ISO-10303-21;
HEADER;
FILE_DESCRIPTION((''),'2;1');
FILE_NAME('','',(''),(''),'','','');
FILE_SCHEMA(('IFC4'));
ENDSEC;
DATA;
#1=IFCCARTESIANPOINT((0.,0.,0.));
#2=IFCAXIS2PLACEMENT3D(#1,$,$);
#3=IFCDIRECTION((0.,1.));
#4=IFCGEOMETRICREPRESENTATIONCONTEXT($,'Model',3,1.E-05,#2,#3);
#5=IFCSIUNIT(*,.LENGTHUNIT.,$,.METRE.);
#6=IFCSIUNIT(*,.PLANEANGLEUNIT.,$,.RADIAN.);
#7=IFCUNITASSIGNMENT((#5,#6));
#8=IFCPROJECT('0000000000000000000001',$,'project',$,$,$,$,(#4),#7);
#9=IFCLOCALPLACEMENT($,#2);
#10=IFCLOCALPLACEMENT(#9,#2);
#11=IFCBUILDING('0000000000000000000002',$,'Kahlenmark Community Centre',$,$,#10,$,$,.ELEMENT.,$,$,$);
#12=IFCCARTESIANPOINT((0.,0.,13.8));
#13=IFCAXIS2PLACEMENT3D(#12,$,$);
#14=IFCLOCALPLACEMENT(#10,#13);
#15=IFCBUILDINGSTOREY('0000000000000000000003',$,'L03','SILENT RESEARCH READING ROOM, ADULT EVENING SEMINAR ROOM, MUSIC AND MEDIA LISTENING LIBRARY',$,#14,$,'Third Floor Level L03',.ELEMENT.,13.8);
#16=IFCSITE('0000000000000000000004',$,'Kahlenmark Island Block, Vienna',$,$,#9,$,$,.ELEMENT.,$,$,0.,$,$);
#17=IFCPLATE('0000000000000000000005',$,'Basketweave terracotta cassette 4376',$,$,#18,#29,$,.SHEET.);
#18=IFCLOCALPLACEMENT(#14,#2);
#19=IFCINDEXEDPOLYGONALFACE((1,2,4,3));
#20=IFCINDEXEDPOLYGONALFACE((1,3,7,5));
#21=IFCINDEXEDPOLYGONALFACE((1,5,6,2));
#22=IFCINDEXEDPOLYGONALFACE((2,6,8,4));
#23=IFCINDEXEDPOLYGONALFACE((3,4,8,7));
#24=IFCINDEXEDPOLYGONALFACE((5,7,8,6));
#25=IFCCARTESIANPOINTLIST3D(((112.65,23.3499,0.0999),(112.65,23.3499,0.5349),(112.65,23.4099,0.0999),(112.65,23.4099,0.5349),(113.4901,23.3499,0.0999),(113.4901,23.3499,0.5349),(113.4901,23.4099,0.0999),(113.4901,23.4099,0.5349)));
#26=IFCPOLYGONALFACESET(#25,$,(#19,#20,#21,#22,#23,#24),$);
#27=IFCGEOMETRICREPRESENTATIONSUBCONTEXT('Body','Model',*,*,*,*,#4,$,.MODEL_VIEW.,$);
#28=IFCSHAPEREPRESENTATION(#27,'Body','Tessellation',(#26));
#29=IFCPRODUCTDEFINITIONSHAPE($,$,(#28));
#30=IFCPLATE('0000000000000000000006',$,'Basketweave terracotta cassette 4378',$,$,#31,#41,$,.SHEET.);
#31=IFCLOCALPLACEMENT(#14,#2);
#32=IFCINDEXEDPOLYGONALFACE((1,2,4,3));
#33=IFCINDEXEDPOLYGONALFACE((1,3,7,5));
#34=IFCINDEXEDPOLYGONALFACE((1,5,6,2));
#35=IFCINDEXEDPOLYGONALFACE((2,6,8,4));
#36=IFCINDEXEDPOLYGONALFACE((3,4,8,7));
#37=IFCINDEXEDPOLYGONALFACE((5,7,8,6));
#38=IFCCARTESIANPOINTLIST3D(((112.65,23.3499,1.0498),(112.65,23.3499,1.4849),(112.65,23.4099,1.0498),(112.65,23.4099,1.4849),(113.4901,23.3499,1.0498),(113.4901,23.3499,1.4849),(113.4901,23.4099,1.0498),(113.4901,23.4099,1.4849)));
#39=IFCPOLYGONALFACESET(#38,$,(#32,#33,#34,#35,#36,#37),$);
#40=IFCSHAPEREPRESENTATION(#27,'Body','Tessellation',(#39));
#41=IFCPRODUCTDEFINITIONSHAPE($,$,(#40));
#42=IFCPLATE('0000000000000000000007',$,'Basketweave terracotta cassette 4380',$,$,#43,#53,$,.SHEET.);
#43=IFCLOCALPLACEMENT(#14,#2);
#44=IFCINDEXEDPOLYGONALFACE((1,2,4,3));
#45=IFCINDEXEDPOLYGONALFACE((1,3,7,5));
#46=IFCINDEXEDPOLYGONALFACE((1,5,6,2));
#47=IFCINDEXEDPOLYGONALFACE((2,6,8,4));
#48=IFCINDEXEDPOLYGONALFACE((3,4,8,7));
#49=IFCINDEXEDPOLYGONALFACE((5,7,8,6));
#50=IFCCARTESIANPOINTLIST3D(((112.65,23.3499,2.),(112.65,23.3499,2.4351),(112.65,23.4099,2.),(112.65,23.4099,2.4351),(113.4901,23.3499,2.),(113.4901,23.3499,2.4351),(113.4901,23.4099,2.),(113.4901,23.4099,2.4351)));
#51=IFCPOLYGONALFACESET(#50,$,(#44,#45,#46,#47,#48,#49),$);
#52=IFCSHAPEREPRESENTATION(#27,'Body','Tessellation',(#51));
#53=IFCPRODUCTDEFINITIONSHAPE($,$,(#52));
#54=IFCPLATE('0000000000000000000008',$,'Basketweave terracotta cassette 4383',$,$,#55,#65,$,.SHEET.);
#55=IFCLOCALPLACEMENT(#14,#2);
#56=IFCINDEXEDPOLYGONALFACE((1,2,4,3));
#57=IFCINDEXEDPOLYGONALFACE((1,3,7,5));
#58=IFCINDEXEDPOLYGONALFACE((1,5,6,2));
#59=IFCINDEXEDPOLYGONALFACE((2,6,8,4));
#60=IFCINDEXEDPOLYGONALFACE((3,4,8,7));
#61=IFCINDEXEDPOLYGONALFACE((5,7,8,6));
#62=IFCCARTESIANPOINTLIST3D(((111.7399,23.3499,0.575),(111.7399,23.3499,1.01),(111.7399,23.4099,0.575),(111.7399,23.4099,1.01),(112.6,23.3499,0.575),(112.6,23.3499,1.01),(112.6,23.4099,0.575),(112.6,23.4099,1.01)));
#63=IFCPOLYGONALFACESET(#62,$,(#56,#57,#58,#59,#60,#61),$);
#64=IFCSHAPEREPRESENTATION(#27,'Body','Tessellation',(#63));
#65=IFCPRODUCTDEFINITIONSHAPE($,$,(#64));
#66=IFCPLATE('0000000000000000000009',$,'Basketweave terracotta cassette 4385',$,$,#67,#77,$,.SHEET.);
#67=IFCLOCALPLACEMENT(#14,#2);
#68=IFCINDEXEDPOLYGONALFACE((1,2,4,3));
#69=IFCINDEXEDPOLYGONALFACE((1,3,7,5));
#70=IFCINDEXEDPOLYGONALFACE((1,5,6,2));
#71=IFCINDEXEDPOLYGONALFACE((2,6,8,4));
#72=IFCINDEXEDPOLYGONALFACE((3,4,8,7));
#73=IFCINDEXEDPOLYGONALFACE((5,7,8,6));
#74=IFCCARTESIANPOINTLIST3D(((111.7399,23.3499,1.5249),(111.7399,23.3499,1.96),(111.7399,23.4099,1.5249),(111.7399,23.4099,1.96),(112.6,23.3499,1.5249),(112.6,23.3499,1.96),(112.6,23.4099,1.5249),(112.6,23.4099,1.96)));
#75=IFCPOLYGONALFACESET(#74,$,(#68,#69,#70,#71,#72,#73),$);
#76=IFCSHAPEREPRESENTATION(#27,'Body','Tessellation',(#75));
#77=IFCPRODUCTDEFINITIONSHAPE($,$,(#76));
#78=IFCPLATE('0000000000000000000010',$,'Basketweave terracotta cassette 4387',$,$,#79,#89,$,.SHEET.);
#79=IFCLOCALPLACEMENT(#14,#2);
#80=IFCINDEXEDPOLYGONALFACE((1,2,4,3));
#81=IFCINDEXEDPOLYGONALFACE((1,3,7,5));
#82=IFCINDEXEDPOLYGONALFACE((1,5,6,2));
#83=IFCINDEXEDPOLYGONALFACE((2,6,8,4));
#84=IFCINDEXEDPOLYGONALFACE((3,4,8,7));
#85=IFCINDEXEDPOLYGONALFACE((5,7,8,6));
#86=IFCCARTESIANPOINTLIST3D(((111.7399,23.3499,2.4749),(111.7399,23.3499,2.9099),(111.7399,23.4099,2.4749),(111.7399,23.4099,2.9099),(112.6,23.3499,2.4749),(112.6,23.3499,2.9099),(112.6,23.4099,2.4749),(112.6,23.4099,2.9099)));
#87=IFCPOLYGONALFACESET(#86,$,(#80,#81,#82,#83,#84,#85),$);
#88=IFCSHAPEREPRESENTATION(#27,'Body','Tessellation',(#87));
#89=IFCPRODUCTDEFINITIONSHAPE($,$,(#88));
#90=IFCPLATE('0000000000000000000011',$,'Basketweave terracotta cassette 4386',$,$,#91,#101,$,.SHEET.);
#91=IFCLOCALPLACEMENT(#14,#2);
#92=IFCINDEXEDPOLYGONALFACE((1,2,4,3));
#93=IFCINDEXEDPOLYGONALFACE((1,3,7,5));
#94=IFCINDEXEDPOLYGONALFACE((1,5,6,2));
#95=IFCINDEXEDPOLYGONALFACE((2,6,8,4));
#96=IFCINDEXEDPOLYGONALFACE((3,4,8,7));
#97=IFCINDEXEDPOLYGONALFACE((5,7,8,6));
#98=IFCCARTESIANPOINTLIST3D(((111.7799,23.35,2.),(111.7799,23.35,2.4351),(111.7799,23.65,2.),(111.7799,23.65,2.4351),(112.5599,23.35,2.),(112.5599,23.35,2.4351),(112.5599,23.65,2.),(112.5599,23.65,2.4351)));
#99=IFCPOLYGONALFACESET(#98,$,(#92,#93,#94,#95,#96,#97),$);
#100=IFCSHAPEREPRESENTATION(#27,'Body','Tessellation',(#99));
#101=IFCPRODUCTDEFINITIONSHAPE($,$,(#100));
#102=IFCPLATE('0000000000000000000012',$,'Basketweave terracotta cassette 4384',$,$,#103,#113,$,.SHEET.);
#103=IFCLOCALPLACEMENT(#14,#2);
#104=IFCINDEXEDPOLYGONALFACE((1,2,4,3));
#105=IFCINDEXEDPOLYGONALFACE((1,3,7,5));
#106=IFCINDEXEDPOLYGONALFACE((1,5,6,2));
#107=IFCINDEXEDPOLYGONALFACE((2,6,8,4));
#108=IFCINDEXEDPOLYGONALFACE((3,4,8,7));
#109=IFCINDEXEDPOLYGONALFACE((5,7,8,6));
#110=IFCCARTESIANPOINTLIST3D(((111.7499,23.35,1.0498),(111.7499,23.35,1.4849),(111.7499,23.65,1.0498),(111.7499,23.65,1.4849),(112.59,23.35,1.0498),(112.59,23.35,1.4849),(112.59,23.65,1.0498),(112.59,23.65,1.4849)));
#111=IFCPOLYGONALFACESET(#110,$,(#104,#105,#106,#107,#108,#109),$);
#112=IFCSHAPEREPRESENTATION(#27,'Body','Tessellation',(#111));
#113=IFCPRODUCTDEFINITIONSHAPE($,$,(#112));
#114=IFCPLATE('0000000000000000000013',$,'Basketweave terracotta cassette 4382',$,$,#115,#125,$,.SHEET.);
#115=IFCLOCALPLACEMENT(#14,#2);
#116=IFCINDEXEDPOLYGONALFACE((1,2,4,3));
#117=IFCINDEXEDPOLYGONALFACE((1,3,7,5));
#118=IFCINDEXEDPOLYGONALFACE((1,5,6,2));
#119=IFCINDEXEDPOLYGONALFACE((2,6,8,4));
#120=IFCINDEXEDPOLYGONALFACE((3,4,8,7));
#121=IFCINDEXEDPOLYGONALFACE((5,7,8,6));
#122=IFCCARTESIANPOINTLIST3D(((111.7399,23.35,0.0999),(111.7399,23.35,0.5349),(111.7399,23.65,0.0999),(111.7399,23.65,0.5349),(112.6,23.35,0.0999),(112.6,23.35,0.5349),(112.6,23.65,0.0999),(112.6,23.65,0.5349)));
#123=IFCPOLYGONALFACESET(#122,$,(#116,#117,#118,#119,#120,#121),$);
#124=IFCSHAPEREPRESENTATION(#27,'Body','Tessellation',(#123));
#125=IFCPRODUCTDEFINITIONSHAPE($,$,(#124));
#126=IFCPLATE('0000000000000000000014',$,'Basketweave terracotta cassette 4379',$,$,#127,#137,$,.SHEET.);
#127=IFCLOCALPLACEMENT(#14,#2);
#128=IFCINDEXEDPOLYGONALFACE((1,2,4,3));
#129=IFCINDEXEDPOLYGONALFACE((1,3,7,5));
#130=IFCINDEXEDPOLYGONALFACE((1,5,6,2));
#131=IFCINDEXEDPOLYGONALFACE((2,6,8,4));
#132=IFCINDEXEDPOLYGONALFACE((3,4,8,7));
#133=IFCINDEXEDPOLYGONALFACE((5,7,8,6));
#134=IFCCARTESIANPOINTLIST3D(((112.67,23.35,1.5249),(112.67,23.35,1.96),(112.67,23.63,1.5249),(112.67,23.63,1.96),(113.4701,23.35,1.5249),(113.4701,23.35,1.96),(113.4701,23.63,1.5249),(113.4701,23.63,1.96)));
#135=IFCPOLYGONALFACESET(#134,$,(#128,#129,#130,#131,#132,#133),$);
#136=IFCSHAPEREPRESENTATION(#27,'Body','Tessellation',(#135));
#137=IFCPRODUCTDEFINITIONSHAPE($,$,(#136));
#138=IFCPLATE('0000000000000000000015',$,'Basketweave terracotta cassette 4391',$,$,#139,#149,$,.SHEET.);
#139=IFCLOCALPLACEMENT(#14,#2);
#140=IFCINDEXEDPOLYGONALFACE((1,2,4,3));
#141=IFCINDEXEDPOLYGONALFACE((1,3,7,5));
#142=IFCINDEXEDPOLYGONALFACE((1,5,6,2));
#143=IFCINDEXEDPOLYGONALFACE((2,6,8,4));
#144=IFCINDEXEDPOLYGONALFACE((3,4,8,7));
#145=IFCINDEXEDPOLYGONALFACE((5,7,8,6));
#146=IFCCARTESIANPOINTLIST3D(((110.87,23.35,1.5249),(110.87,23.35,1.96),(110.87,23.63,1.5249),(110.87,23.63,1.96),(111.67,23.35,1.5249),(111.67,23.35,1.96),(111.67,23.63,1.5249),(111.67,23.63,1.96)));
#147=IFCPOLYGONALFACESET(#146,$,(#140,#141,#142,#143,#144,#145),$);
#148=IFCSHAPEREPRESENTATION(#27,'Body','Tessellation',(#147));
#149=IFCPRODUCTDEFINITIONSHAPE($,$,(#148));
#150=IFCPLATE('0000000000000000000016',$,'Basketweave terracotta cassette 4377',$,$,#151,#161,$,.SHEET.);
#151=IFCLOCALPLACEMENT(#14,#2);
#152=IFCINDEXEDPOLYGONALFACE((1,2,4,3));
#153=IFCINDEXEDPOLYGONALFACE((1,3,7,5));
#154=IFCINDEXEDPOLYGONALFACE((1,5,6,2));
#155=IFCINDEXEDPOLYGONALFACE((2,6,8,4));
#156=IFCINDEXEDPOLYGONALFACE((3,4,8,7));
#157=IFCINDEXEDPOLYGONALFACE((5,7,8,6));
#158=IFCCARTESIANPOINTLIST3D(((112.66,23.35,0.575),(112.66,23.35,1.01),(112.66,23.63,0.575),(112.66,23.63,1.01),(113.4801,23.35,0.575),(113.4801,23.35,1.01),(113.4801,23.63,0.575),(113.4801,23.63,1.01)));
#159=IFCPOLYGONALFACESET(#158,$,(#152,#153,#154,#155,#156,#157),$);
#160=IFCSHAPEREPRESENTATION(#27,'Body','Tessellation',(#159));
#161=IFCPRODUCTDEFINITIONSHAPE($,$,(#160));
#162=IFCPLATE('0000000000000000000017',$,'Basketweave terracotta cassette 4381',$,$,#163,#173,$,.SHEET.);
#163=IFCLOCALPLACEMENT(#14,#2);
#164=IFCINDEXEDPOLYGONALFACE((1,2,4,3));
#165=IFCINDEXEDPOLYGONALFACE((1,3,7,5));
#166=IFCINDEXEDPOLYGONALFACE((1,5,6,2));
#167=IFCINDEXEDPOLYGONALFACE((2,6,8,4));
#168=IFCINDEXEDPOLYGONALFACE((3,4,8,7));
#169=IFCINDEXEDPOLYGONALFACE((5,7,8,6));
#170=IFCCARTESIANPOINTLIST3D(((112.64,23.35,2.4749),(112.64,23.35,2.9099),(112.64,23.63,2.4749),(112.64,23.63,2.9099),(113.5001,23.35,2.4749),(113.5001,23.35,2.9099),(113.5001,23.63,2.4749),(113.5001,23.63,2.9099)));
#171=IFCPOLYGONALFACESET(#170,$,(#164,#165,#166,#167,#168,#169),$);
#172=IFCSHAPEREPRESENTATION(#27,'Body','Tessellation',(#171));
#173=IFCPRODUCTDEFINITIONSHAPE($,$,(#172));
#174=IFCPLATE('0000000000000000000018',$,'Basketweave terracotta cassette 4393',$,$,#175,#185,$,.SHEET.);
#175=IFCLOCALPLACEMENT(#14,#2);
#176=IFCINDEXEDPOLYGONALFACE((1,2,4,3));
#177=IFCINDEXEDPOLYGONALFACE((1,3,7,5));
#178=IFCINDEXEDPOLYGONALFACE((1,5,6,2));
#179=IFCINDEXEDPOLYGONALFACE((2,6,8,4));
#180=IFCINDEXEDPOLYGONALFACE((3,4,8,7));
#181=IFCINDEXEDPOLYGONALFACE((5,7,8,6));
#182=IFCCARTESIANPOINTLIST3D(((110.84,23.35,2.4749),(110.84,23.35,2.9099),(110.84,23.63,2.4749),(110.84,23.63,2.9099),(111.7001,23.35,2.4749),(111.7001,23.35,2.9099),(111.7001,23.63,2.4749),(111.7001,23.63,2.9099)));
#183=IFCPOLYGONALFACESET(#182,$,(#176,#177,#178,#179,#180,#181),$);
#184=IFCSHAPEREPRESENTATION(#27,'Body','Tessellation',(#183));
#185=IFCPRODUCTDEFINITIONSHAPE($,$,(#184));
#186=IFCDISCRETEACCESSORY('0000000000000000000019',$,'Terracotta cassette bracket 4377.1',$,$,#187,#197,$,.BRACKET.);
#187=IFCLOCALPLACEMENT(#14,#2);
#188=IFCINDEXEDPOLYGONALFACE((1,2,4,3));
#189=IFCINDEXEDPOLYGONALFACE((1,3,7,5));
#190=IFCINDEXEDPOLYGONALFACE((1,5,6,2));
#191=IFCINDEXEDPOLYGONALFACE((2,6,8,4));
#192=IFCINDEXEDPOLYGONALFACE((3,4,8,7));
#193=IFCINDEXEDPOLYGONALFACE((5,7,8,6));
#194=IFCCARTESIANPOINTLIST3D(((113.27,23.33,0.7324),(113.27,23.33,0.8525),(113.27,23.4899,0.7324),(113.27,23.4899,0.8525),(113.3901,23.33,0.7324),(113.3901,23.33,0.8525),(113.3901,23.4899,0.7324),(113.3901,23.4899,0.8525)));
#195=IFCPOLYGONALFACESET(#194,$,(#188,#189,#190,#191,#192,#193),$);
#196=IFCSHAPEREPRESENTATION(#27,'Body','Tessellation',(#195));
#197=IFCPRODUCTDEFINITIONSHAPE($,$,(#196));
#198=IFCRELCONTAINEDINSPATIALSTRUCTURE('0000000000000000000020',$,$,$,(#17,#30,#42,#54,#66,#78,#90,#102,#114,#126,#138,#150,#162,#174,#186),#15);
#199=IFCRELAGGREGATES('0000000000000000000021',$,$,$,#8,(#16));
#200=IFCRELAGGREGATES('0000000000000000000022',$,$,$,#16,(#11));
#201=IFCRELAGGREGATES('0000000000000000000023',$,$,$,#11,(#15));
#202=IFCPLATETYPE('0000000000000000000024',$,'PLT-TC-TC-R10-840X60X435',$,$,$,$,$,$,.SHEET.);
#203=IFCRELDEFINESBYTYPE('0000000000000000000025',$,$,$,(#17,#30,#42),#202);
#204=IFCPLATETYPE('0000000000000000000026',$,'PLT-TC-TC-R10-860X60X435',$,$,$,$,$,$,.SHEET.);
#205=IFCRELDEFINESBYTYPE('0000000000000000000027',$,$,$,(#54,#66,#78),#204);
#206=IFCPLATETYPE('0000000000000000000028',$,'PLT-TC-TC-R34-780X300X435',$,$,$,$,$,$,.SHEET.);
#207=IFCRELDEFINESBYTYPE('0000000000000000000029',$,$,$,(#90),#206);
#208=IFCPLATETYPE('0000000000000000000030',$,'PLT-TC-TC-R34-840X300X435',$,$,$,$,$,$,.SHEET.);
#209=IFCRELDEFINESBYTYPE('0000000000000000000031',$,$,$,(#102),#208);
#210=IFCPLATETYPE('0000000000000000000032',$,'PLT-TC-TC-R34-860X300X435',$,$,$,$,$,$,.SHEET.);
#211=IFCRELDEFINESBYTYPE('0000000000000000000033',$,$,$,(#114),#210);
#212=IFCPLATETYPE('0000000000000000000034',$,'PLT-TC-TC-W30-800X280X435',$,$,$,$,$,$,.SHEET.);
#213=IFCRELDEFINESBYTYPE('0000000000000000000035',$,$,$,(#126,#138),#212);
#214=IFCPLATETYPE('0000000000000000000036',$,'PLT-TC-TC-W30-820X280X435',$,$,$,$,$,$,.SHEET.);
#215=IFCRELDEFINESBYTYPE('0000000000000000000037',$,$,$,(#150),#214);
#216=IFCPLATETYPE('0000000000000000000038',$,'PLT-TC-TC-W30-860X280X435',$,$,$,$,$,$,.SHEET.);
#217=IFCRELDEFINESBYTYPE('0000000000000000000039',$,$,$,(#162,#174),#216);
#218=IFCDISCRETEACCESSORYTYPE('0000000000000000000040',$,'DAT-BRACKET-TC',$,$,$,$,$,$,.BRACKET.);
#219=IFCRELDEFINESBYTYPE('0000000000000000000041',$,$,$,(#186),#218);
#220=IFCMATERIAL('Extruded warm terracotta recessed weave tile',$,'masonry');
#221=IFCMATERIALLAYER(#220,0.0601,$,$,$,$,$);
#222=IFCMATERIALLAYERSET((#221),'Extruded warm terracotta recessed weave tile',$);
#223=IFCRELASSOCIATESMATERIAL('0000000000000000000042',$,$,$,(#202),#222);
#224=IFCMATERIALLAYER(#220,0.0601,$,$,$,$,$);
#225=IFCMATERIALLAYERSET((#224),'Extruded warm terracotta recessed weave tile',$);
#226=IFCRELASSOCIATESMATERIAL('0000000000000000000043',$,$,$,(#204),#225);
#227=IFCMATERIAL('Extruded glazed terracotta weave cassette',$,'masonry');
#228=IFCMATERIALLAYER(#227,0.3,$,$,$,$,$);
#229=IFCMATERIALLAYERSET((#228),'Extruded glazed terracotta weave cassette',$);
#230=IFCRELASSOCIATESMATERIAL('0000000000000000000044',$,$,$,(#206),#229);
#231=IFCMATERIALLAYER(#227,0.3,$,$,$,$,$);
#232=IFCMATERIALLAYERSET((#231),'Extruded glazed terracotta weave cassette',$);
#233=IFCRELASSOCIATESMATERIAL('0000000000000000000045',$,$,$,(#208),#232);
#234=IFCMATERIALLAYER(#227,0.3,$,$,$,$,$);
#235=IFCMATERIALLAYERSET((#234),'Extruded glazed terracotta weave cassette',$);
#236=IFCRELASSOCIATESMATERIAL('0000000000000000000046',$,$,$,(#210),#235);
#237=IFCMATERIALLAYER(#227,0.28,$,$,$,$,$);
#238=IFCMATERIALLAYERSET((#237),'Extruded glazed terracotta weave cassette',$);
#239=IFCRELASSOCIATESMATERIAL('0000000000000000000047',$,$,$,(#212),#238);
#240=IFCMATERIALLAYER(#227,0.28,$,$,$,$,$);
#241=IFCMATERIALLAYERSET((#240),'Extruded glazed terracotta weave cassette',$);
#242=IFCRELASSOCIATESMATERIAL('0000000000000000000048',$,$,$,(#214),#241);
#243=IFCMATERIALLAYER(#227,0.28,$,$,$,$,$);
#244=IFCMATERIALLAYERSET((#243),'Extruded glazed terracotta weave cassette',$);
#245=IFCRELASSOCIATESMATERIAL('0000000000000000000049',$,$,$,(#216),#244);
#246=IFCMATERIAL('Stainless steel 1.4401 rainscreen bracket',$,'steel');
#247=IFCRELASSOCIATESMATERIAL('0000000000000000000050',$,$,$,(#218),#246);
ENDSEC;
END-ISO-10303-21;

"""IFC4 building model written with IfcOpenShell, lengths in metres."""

from ifc_helpers import new_model, si_unit, direction, frame, origin, origin_2d, place, context, subcontext, project, spatial, rectangle, extrude, material, layer, layer_set, type_object, element, save


model = new_model("IFC4")

# Units and contexts
model_context = context("Model", 3, precision=1e-05, world=origin(), true_north=direction((0.0, 1.0)))
body_context = subcontext(model_context, "Body", "Model", "MODEL_VIEW")
ifc_project = project(units=[si_unit("LENGTHUNIT", "METRE"), si_unit("PLANEANGLEUNIT", "RADIAN")], contexts=[model_context])

# Site, building, storey
site_placement = place(None, origin())
site = spatial("IfcSite", under=ifc_project, at=site_placement, Name="Kahlenmark Island Block, Vienna", CompositionType="ELEMENT", RefElevation=0.0)
building_placement = place(site_placement, origin())
building = spatial("IfcBuilding", under=site, at=building_placement, Name="Kahlenmark Community Centre", CompositionType="ELEMENT")
storey_placement = place(building_placement, frame((0.0, 0.0, 13.8)))
storey = spatial("IfcBuildingStorey", under=building, at=storey_placement, Name="L03", Description="SILENT RESEARCH READING ROOM, ADULT EVENING SEMINAR ROOM, MUSIC AND MEDIA LISTENING LIBRARY", LongName="Third Floor Level L03", CompositionType="ELEMENT", Elevation=13.8)

# Plates
ifc_material_1 = material(Name="Extruded warm terracotta recessed weave tile", Category="masonry")
ifc_layer_1 = layer(ifc_material_1, 0.0601)
ifc_layer_set_1 = layer_set([ifc_layer_1], Name="Extruded warm terracotta recessed weave tile")
plate_type_1 = type_object("IfcPlateType", Name="PLT-TC-TC-R10-840X60X435", PredefinedType="SHEET", material=ifc_layer_set_1)
for number, where, z_axis, x_axis, name in (
    (1, (113.0701, 23.3799, 0.0999), (0.0, 0.0, 1.0), (-1.0, 0.0, 0.0), "Basketweave terracotta cassette 4376"),
    (2, (113.0701, 23.3799, 1.0498), (0.0, 0.0, 1.0), (-1.0, 0.0, 0.0), "Basketweave terracotta cassette 4378"),
    (3, (113.0701, 23.3799, 2.0), (0.0, 0.0, 1.0), (-1.0, 0.0, 0.0), "Basketweave terracotta cassette 4380"),
):
    element("IfcPlate", number, at=place(storey_placement, frame(where, z_axis=z_axis, x_axis=x_axis)), inside=storey, type_object=plate_type_1, Name=name, PredefinedType="SHEET", context=body_context, shape_type="SweptSolid", body=[
        extrude(rectangle(XDim=0.8401, YDim=0.0601, at=origin_2d()), origin(), (0.0, 0.0, 1.0), 0.4351),
    ])
ifc_layer_2 = layer(ifc_material_1, 0.0601)
ifc_layer_set_2 = layer_set([ifc_layer_2], Name="Extruded warm terracotta recessed weave tile")
plate_type_2 = type_object("IfcPlateType", Name="PLT-TC-TC-R10-860X60X435", PredefinedType="SHEET", material=ifc_layer_set_2)
for number, where, z_axis, x_axis, name in (
    (4, (112.1699, 23.3799, 0.575), (0.0, 0.0, 1.0), (-1.0, 0.0, 0.0), "Basketweave terracotta cassette 4383"),
    (5, (112.1699, 23.3799, 1.5249), (0.0, 0.0, 1.0), (-1.0, 0.0, 0.0), "Basketweave terracotta cassette 4385"),
    (6, (112.1699, 23.3799, 2.4749), (0.0, 0.0, 1.0), (-1.0, 0.0, 0.0), "Basketweave terracotta cassette 4387"),
):
    element("IfcPlate", number, at=place(storey_placement, frame(where, z_axis=z_axis, x_axis=x_axis)), inside=storey, type_object=plate_type_2, Name=name, PredefinedType="SHEET", context=body_context, shape_type="SweptSolid", body=[
        extrude(rectangle(XDim=0.8601, YDim=0.0601, at=origin_2d()), origin(), (0.0, 0.0, 1.0), 0.4351),
    ])
ifc_material_2 = material(Name="Extruded glazed terracotta weave cassette", Category="masonry")
ifc_layer_3 = layer(ifc_material_2, 0.3)
ifc_layer_set_3 = layer_set([ifc_layer_3], Name="Extruded glazed terracotta weave cassette")
plate_type_3 = type_object("IfcPlateType", Name="PLT-TC-TC-R34-780X300X435", PredefinedType="SHEET", material=ifc_layer_set_3)
plate_1_placement = place(storey_placement, frame((112.1699, 23.5, 2.0), z_axis=(0.0, 0.0, 1.0), x_axis=(-1.0, 0.0, 0.0)))
element("IfcPlate", 7, at=plate_1_placement, inside=storey, type_object=plate_type_3, Name="Basketweave terracotta cassette 4386", PredefinedType="SHEET", context=body_context, shape_type="SweptSolid", body=[
    extrude(rectangle(XDim=0.78, YDim=0.3, at=origin_2d()), origin(), (0.0, 0.0, 1.0), 0.4351),
])
ifc_layer_4 = layer(ifc_material_2, 0.3)
ifc_layer_set_4 = layer_set([ifc_layer_4], Name="Extruded glazed terracotta weave cassette")
plate_type_4 = type_object("IfcPlateType", Name="PLT-TC-TC-R34-840X300X435", PredefinedType="SHEET", material=ifc_layer_set_4)
plate_2_placement = place(storey_placement, frame((112.1699, 23.5, 1.0498), z_axis=(0.0, 0.0, 1.0), x_axis=(-1.0, 0.0, 0.0)))
element("IfcPlate", 8, at=plate_2_placement, inside=storey, type_object=plate_type_4, Name="Basketweave terracotta cassette 4384", PredefinedType="SHEET", context=body_context, shape_type="SweptSolid", body=[
    extrude(rectangle(XDim=0.8401, YDim=0.3, at=origin_2d()), origin(), (0.0, 0.0, 1.0), 0.4351),
])
ifc_layer_5 = layer(ifc_material_2, 0.3)
ifc_layer_set_5 = layer_set([ifc_layer_5], Name="Extruded glazed terracotta weave cassette")
plate_type_5 = type_object("IfcPlateType", Name="PLT-TC-TC-R34-860X300X435", PredefinedType="SHEET", material=ifc_layer_set_5)
plate_3_placement = place(storey_placement, frame((112.1699, 23.5, 0.0999), z_axis=(0.0, 0.0, 1.0), x_axis=(-1.0, 0.0, 0.0)))
element("IfcPlate", 9, at=plate_3_placement, inside=storey, type_object=plate_type_5, Name="Basketweave terracotta cassette 4382", PredefinedType="SHEET", context=body_context, shape_type="SweptSolid", body=[
    extrude(rectangle(XDim=0.8601, YDim=0.3, at=origin_2d()), origin(), (0.0, 0.0, 1.0), 0.4351),
])
ifc_layer_6 = layer(ifc_material_2, 0.28)
ifc_layer_set_6 = layer_set([ifc_layer_6], Name="Extruded glazed terracotta weave cassette")
plate_type_6 = type_object("IfcPlateType", Name="PLT-TC-TC-W30-800X280X435", PredefinedType="SHEET", material=ifc_layer_set_6)
for number, where, z_axis, x_axis, name in (
    (10, (113.0701, 23.49, 1.5249), (0.0, 0.0, 1.0), (-1.0, 0.0, 0.0), "Basketweave terracotta cassette 4379"),
    (11, (111.27, 23.49, 1.5249), (0.0, 0.0, 1.0), (-1.0, 0.0, 0.0), "Basketweave terracotta cassette 4391"),
):
    element("IfcPlate", number, at=place(storey_placement, frame(where, z_axis=z_axis, x_axis=x_axis)), inside=storey, type_object=plate_type_6, Name=name, PredefinedType="SHEET", context=body_context, shape_type="SweptSolid", body=[
        extrude(rectangle(XDim=0.8, YDim=0.28, at=origin_2d()), origin(), (0.0, 0.0, 1.0), 0.4351),
    ])
ifc_layer_7 = layer(ifc_material_2, 0.28)
ifc_layer_set_7 = layer_set([ifc_layer_7], Name="Extruded glazed terracotta weave cassette")
plate_type_7 = type_object("IfcPlateType", Name="PLT-TC-TC-W30-820X280X435", PredefinedType="SHEET", material=ifc_layer_set_7)
plate_4_placement = place(storey_placement, frame((113.0701, 23.49, 0.575), z_axis=(0.0, 0.0, 1.0), x_axis=(-1.0, 0.0, 0.0)))
element("IfcPlate", 12, at=plate_4_placement, inside=storey, type_object=plate_type_7, Name="Basketweave terracotta cassette 4377", PredefinedType="SHEET", context=body_context, shape_type="SweptSolid", body=[
    extrude(rectangle(XDim=0.8201, YDim=0.28, at=origin_2d()), origin(), (0.0, 0.0, 1.0), 0.4351),
])
ifc_layer_8 = layer(ifc_material_2, 0.28)
ifc_layer_set_8 = layer_set([ifc_layer_8], Name="Extruded glazed terracotta weave cassette")
plate_type_8 = type_object("IfcPlateType", Name="PLT-TC-TC-W30-860X280X435", PredefinedType="SHEET", material=ifc_layer_set_8)
for number, where, z_axis, x_axis, name in (
    (13, (113.0701, 23.49, 2.4749), (0.0, 0.0, 1.0), (-1.0, 0.0, 0.0), "Basketweave terracotta cassette 4381"),
    (14, (111.27, 23.49, 2.4749), (0.0, 0.0, 1.0), (-1.0, 0.0, 0.0), "Basketweave terracotta cassette 4393"),
):
    element("IfcPlate", number, at=place(storey_placement, frame(where, z_axis=z_axis, x_axis=x_axis)), inside=storey, type_object=plate_type_8, Name=name, PredefinedType="SHEET", context=body_context, shape_type="SweptSolid", body=[
        extrude(rectangle(XDim=0.8601, YDim=0.28, at=origin_2d()), origin(), (0.0, 0.0, 1.0), 0.4351),
    ])

# Discrete accessory
ifc_material_3 = material(Name="Stainless steel 1.4401 rainscreen bracket", Category="steel")
discrete_accessory_type = type_object("IfcDiscreteAccessoryType", Name="DAT-BRACKET-TC", PredefinedType="BRACKET", material=ifc_material_3)
for number, where, z_axis, x_axis, name in (
    (15, (113.3301, 23.4099, 0.7324), (0.0, 0.0, 1.0), (-1.0, 0.0, 0.0), "Terracotta cassette bracket 4377.1"),
):
    element("IfcDiscreteAccessory", number, at=place(storey_placement, frame(where, z_axis=z_axis, x_axis=x_axis)), inside=storey, type_object=discrete_accessory_type, Name=name, PredefinedType="BRACKET", context=body_context, shape_type="SweptSolid", body=[
        extrude(rectangle(XDim=0.1201, YDim=0.1599, at=origin_2d()), origin(), (0.0, 0.0, 1.0), 0.1201),
    ])

save(model, "model.ifc")
